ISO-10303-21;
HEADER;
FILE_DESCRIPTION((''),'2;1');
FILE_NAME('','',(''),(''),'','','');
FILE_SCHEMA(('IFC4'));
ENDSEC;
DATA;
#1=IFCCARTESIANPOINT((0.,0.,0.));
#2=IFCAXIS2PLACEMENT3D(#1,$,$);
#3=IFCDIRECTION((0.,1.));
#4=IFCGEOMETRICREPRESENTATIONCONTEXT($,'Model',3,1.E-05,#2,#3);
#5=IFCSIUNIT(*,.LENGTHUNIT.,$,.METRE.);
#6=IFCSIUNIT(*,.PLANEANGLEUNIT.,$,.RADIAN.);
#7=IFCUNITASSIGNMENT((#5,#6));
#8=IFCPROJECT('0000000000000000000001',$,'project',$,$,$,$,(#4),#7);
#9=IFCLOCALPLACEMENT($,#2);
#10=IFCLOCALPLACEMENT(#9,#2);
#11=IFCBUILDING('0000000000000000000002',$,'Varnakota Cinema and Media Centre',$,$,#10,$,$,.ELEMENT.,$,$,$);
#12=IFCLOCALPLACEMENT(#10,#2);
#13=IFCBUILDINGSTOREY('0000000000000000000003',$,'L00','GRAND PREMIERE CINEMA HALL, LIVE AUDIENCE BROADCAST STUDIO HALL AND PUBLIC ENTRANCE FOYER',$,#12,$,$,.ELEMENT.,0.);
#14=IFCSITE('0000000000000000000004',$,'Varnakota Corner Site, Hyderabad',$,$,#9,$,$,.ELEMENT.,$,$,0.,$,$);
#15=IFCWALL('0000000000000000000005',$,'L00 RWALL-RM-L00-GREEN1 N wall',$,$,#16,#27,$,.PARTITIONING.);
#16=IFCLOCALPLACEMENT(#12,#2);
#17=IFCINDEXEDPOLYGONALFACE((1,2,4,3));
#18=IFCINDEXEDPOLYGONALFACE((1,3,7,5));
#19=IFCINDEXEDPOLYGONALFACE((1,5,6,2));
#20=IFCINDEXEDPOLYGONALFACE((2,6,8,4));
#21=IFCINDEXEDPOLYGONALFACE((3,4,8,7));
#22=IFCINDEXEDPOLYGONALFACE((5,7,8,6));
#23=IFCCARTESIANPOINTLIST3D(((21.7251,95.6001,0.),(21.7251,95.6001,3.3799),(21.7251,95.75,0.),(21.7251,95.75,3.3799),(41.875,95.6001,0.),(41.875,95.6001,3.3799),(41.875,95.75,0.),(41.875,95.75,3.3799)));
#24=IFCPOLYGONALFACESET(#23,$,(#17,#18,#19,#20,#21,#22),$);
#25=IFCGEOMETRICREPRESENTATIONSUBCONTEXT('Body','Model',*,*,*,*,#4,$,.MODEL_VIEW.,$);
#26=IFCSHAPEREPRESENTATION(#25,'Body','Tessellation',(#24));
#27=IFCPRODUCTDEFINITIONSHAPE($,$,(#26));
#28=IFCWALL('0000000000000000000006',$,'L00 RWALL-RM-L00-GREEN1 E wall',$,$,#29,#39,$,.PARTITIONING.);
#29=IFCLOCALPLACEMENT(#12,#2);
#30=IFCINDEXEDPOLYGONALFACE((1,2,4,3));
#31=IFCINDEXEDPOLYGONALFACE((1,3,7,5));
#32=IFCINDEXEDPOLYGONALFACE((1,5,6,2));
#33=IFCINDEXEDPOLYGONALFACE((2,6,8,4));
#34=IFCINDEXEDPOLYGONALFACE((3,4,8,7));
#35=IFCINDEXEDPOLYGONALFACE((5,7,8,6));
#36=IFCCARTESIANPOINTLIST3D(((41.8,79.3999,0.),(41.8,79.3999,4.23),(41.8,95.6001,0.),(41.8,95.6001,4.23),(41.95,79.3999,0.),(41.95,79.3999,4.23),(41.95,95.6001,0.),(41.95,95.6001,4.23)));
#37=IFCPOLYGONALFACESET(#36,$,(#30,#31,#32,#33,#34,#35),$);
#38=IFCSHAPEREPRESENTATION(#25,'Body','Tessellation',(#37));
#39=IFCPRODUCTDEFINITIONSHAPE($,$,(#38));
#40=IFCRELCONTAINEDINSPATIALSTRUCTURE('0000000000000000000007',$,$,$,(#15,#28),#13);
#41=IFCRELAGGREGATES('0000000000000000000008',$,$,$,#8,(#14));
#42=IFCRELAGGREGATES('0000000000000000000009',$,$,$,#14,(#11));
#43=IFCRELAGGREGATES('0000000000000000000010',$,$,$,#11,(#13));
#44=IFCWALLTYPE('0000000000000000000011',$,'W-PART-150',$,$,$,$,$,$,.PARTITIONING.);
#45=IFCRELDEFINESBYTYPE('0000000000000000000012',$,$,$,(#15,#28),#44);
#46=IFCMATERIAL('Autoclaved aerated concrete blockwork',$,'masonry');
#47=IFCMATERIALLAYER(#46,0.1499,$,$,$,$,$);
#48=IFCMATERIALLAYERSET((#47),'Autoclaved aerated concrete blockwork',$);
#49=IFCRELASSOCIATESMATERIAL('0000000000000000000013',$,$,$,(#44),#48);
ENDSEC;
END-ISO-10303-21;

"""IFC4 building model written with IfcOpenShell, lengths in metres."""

from ifc_helpers import new_model, si_unit, direction, frame, frame_2d, origin, place, context, subcontext, project, spatial, rectangle, extrude, material, layer, layer_set, type_object, element, save


model = new_model("IFC4")

# Units and contexts
model_context = context("Model", 3, precision=1e-05, world=origin(), true_north=direction((0.0, 1.0)))
body_context = subcontext(model_context, "Body", "Model", "MODEL_VIEW")
ifc_project = project(units=[si_unit("LENGTHUNIT", "METRE"), si_unit("PLANEANGLEUNIT", "RADIAN")], contexts=[model_context])

# Site, building, storey
site_placement = place(None, origin())
site = spatial("IfcSite", under=ifc_project, at=site_placement, Name="Varnakota Corner Site, Hyderabad", CompositionType="ELEMENT", RefElevation=0.0)
building_placement = place(site_placement, origin())
building = spatial("IfcBuilding", under=site, at=building_placement, Name="Varnakota Cinema and Media Centre", CompositionType="ELEMENT")
storey_placement = place(building_placement, origin())
storey = spatial("IfcBuildingStorey", under=building, at=storey_placement, Name="L00", Description="GRAND PREMIERE CINEMA HALL, LIVE AUDIENCE BROADCAST STUDIO HALL AND PUBLIC ENTRANCE FOYER", CompositionType="ELEMENT", Elevation=0.0)

# Walls
ifc_material_1 = material(Name="Autoclaved aerated concrete blockwork", Category="masonry")
ifc_layer_1 = layer(ifc_material_1, 0.1499)
ifc_layer_set_1 = layer_set([ifc_layer_1], Name="Autoclaved aerated concrete blockwork")
wall_type_1 = type_object("IfcWallType", Name="W-PART-150", PredefinedType="PARTITIONING", material=ifc_layer_set_1)
wall_1_placement = place(storey_placement, frame((21.7251, 95.675, 0.0), z_axis=(0.0, 0.0, 1.0), x_axis=(1.0, 0.0, 0.0)))
element("IfcWall", 1, at=wall_1_placement, inside=storey, type_object=wall_type_1, Name="L00 RWALL-RM-L00-GREEN1 N wall", PredefinedType="PARTITIONING", context=body_context, shape_type="SweptSolid", body=[
    extrude(rectangle(XDim=20.1499, YDim=0.1499, at=frame_2d((10.075, 0.0))), origin(), (0.0, 0.0, 1.0), 3.3799),
])
wall_2_placement = place(storey_placement, frame((41.875, 95.6001, 0.0), z_axis=(0.0, 0.0, 1.0), x_axis=(0.0, -1.0, 0.0)))
element("IfcWall", 2, at=wall_2_placement, inside=storey, type_object=wall_type_1, Name="L00 RWALL-RM-L00-GREEN1 E wall", PredefinedType="PARTITIONING", context=body_context, shape_type="SweptSolid", body=[
    extrude(rectangle(XDim=16.2002, YDim=0.1499, at=frame_2d((8.1001, 0.0))), origin(), (0.0, 0.0, 1.0), 4.23),
])

save(model, "model.ifc")
